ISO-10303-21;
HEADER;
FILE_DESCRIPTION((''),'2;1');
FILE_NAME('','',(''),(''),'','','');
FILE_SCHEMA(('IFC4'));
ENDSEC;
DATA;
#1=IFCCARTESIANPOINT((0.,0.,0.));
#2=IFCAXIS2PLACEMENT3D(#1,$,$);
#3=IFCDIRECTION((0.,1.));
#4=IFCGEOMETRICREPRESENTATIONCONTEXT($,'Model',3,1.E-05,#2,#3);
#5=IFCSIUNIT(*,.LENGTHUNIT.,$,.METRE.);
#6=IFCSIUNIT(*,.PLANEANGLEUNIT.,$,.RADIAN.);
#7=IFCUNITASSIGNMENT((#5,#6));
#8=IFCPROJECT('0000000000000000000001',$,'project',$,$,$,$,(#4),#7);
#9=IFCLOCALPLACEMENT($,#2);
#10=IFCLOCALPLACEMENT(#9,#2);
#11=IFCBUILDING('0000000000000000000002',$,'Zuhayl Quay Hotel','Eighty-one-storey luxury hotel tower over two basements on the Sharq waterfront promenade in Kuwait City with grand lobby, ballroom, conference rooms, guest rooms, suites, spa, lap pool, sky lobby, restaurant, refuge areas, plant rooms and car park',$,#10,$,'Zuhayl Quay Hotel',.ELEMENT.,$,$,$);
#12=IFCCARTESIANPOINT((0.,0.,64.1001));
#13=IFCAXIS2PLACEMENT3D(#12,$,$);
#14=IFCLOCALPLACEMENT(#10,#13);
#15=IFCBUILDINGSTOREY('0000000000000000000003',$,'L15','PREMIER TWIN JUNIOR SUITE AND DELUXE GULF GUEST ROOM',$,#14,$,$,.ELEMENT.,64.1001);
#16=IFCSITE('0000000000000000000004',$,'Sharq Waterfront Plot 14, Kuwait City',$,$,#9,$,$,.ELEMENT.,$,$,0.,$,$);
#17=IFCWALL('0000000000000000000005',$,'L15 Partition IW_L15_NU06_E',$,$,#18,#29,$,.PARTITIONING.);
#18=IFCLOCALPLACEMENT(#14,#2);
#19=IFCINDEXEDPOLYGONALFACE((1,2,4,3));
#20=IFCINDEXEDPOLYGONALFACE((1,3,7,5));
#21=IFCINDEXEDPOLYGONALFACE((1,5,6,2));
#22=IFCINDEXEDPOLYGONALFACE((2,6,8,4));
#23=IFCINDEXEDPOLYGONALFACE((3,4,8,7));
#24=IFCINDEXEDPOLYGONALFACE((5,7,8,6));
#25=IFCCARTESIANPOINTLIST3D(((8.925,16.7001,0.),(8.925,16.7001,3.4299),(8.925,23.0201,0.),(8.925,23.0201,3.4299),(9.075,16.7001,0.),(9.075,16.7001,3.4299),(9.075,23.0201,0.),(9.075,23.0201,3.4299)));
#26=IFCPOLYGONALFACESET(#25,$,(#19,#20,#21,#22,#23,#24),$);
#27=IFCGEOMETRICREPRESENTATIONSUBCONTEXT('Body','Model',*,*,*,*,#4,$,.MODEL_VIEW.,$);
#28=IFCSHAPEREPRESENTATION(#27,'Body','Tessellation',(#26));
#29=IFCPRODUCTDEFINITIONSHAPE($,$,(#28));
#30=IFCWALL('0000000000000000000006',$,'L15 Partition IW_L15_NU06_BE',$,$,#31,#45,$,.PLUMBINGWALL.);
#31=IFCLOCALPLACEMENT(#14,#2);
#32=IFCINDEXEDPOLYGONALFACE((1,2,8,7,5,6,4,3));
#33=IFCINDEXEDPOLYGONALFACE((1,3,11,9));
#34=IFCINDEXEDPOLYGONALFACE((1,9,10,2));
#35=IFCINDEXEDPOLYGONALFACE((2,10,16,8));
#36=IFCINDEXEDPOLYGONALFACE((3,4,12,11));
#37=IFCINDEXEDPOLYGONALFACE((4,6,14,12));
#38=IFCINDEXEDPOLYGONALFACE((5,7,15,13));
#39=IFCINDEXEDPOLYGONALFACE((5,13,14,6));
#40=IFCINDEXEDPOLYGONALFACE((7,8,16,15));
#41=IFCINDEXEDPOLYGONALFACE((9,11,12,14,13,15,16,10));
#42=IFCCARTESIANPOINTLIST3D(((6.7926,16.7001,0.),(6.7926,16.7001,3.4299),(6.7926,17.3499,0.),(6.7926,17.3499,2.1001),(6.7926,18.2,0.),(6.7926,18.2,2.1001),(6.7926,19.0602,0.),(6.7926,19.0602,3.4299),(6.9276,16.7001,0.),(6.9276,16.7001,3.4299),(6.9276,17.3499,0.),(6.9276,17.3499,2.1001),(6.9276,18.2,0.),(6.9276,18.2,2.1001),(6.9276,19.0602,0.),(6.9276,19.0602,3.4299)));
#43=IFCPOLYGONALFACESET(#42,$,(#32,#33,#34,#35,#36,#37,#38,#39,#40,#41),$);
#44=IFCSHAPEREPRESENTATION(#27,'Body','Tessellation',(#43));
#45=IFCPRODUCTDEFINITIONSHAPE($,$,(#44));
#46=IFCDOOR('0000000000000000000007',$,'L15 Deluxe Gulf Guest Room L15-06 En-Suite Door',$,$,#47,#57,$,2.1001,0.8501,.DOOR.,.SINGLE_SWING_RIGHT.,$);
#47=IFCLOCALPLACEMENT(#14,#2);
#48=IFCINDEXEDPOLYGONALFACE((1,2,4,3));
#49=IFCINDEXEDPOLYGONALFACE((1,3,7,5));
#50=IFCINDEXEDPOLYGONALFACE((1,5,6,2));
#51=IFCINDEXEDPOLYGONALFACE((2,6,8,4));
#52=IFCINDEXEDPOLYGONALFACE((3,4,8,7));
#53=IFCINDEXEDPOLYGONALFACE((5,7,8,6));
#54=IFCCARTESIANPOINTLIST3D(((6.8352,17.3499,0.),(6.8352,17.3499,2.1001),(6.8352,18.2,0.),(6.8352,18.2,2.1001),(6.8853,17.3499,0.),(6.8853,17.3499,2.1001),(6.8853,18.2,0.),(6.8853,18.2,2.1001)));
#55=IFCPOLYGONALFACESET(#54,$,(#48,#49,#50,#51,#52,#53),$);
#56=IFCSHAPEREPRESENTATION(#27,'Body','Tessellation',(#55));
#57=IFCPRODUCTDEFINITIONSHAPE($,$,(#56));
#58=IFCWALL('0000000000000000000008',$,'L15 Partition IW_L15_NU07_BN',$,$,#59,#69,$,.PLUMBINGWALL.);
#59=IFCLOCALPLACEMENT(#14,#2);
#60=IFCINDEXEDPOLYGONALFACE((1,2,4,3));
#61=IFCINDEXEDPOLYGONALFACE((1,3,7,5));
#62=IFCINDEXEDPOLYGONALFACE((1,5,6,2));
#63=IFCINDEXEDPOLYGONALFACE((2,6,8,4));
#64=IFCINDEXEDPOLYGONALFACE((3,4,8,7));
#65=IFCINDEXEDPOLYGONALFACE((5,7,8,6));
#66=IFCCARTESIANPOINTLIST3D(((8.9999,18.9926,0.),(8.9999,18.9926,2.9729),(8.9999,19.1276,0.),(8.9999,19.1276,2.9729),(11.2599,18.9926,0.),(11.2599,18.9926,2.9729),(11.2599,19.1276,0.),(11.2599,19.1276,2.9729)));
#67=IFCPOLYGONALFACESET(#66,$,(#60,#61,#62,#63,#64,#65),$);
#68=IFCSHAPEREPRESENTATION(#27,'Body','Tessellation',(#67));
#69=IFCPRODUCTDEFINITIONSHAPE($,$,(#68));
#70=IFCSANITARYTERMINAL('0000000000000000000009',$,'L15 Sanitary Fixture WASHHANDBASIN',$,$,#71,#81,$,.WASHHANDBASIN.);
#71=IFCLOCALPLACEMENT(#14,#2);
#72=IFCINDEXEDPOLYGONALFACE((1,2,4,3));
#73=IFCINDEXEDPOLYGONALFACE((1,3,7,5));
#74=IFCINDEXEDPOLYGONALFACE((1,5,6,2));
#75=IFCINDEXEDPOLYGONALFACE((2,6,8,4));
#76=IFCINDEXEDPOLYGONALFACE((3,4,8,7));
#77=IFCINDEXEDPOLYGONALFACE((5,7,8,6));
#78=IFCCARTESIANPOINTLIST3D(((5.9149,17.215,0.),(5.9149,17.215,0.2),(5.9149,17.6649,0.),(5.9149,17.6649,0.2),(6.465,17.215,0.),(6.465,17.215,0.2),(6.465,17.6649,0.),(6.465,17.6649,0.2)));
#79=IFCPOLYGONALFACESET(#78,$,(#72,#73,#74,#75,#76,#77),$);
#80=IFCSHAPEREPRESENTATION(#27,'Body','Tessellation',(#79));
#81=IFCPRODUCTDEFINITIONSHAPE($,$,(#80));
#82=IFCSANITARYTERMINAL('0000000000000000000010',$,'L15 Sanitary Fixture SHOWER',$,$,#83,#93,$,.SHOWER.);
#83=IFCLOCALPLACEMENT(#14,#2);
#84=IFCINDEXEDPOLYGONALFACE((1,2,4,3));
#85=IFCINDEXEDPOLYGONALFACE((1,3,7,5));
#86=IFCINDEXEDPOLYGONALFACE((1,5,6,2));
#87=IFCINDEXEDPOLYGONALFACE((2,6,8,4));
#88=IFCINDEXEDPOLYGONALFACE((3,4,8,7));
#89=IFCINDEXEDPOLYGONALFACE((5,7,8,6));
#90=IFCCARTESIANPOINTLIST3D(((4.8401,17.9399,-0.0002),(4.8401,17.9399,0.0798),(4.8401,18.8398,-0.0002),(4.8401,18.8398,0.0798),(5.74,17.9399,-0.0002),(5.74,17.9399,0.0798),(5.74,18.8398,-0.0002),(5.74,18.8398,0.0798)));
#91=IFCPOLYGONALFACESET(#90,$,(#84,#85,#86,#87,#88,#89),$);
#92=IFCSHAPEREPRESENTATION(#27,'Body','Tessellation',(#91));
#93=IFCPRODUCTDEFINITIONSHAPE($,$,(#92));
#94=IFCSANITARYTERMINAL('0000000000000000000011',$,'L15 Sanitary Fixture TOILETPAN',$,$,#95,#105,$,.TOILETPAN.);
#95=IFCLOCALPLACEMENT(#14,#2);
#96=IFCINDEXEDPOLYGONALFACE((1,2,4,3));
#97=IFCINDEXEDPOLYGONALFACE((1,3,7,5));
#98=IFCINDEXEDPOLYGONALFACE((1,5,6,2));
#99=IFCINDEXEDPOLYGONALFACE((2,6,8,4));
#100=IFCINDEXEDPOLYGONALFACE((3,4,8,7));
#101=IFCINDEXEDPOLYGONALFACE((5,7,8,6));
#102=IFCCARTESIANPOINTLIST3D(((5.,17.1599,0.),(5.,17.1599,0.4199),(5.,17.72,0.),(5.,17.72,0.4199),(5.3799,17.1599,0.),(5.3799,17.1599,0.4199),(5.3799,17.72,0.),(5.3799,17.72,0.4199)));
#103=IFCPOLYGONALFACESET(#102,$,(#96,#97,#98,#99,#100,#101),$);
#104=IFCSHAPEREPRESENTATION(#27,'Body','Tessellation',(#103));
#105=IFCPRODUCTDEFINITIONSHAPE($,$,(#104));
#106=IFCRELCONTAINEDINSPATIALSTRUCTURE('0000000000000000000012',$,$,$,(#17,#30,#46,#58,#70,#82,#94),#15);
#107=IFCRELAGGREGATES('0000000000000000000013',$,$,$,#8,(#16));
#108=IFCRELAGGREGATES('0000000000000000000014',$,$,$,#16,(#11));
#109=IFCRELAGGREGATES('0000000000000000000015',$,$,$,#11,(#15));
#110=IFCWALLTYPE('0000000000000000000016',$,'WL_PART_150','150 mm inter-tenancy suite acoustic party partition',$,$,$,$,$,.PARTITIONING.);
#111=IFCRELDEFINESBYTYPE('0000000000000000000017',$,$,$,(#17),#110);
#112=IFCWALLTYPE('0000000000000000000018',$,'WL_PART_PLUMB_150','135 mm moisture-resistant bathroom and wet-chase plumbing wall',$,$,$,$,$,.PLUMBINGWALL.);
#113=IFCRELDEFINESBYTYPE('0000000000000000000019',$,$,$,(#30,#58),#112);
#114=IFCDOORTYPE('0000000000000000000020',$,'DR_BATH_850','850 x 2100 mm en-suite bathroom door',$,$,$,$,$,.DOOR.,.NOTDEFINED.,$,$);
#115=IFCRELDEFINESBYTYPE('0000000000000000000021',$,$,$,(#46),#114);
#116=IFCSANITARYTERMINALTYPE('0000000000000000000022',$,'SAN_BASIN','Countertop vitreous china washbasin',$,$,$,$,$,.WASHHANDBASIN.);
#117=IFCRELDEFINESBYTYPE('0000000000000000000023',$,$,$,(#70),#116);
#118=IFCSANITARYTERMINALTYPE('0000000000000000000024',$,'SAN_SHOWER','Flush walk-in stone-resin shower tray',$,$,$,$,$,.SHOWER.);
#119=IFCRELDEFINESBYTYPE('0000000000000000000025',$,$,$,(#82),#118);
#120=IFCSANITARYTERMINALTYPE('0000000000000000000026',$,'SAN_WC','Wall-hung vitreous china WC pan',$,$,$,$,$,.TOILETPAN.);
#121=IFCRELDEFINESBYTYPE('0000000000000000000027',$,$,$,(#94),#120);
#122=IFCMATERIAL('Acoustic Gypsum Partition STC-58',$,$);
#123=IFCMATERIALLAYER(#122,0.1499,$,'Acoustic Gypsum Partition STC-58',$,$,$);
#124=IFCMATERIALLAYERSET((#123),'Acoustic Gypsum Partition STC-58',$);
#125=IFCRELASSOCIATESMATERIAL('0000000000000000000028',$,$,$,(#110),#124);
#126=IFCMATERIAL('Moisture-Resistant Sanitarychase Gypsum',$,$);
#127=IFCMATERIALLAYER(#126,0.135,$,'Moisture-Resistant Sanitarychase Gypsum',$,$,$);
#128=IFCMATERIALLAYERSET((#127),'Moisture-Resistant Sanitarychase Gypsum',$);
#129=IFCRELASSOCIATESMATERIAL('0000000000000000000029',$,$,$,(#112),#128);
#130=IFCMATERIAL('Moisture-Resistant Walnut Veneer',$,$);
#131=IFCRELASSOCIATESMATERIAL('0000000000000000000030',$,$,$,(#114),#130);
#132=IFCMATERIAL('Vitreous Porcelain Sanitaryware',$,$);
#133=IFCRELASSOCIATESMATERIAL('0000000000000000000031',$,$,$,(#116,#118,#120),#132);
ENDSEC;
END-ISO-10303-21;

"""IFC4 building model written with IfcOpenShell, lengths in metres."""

from ifc_helpers import new_model, si_unit, direction, frame, frame_2d, origin, origin_2d, place, context, subcontext, project, spatial, rectangle, extrude, material, layer, layer_set, type_object, element, fill, save


model = new_model("IFC4")

# Units and contexts
model_context = context("Model", 3, precision=1e-05, world=origin(), true_north=direction((0.0, 1.0)))
body_context = subcontext(model_context, "Body", "Model", "MODEL_VIEW")
ifc_project = project(units=[si_unit("LENGTHUNIT", "METRE"), si_unit("PLANEANGLEUNIT", "RADIAN")], contexts=[model_context])

# Site, building, storey
site_placement = place(None, origin())
site = spatial("IfcSite", under=ifc_project, at=site_placement, Name="Sharq Waterfront Plot 14, Kuwait City", CompositionType="ELEMENT", RefElevation=0.0)
building_placement = place(site_placement, origin())
building = spatial("IfcBuilding", under=site, at=building_placement, Name="Zuhayl Quay Hotel", Description="Eighty-one-storey luxury hotel tower over two basements on the Sharq waterfront promenade in Kuwait City with grand lobby, ballroom, conference rooms, guest rooms, suites, spa, lap pool, sky lobby, restaurant, refuge areas, plant rooms and car park", LongName="Zuhayl Quay Hotel", CompositionType="ELEMENT")
storey_placement = place(building_placement, frame((0.0, 0.0, 64.1001)))
storey = spatial("IfcBuildingStorey", under=building, at=storey_placement, Name="L15", Description="PREMIER TWIN JUNIOR SUITE AND DELUXE GULF GUEST ROOM", CompositionType="ELEMENT", Elevation=64.1001)

# Wall
ifc_material_1 = material(Name="Acoustic Gypsum Partition STC-58")
ifc_layer_1 = layer(ifc_material_1, 0.1499, Name="Acoustic Gypsum Partition STC-58")
ifc_layer_set_1 = layer_set([ifc_layer_1], Name="Acoustic Gypsum Partition STC-58")
wall_type_1 = type_object("IfcWallType", Name="WL_PART_150", Description="150 mm inter-tenancy suite acoustic party partition", PredefinedType="PARTITIONING", material=ifc_layer_set_1)
wall_1_placement = place(storey_placement, frame((9.0, 16.7, 0.0), z_axis=(0.0, 0.0, 1.0), x_axis=(0.0, 1.0, 0.0)))
element("IfcWall", 1, at=wall_1_placement, inside=storey, type_object=wall_type_1, Name="L15 Partition IW_L15_NU06_E", PredefinedType="PARTITIONING", context=body_context, shape_type="SweptSolid", body=[
    extrude(rectangle(XDim=6.3201, YDim=0.1499, at=frame_2d((3.1602, 0.0))), origin(), (0.0, 0.0, 1.0), 3.4299),
])

# Wall, opening, door
ifc_material_2 = material(Name="Moisture-Resistant Sanitarychase Gypsum")
ifc_layer_2 = layer(ifc_material_2, 0.135, Name="Moisture-Resistant Sanitarychase Gypsum")
ifc_layer_set_2 = layer_set([ifc_layer_2], Name="Moisture-Resistant Sanitarychase Gypsum")
wall_type_2 = type_object("IfcWallType", Name="WL_PART_PLUMB_150", Description="135 mm moisture-resistant bathroom and wet-chase plumbing wall", PredefinedType="PLUMBINGWALL", material=ifc_layer_set_2)
wall_2_placement = place(storey_placement, frame((6.8601, 16.7, 0.0), z_axis=(0.0, 0.0, 1.0), x_axis=(0.0, 1.0, 0.0)))
wall_2 = element("IfcWall", 2, at=wall_2_placement, inside=storey, type_object=wall_type_2, Name="L15 Partition IW_L15_NU06_BE", PredefinedType="PLUMBINGWALL", context=body_context, shape_type="SweptSolid", body=[
    extrude(rectangle(XDim=2.3601, YDim=0.135, at=frame_2d((1.1802, 0.0))), origin(), (0.0, 0.0, 1.0), 3.4299),
])
opening_1_placement = place(wall_2_placement, frame((0.6499, 0.0, 0.0)))
opening_1 = element("IfcOpeningElement", 3, at=opening_1_placement, cuts=wall_2, PredefinedType="OPENING", context=body_context, shape_type="SweptSolid", body=[
    extrude(rectangle(XDim=0.8501, YDim=2.1001, at=frame_2d((0.425, 1.05))), frame((0.0, 0.0774, 0.0), z_axis=(0.0, -1.0, 0.0), x_axis=(1.0, 0.0, 0.0)), (0.0, 0.0, 1.0), 0.155),
])
ifc_material_3 = material(Name="Moisture-Resistant Walnut Veneer")
door_type_1 = type_object("IfcDoorType", Name="DR_BATH_850", Description="850 x 2100 mm en-suite bathroom door", OperationType="NOTDEFINED", PredefinedType="DOOR", material=ifc_material_3)
door_1_placement = place(opening_1_placement, origin())
door_1 = element("IfcDoor", 4, at=door_1_placement, inside=storey, type_object=door_type_1, Name="L15 Deluxe Gulf Guest Room L15-06 En-Suite Door", OperationType="SINGLE_SWING_RIGHT", OverallHeight=2.1001, OverallWidth=0.8501, PredefinedType="DOOR", context=body_context, shape_type="SweptSolid", body=[
    extrude(rectangle(XDim=0.8501, YDim=2.1001, at=frame_2d((0.425, 1.05))), frame((0.0, 0.0249, 0.0), z_axis=(0.0, -1.0, 0.0), x_axis=(1.0, 0.0, 0.0)), (0.0, 0.0, 1.0), 0.05),
])
fill(opening_1, door_1)

# Wall
wall_3_placement = place(storey_placement, frame((9.0, 19.0601, 0.0), z_axis=(0.0, 0.0, 1.0), x_axis=(1.0, 0.0, 0.0)))
element("IfcWall", 5, at=wall_3_placement, inside=storey, type_object=wall_type_2, Name="L15 Partition IW_L15_NU07_BN", PredefinedType="PLUMBINGWALL", context=body_context, shape_type="SweptSolid", body=[
    extrude(rectangle(XDim=2.26, YDim=0.135, at=frame_2d((1.1299, 0.0))), origin(), (0.0, 0.0, 1.0), 2.9729),
])

# Sanitary terminals
ifc_material_4 = material(Name="Vitreous Porcelain Sanitaryware")
sanitary_terminal_type_1 = type_object("IfcSanitaryTerminalType", Name="SAN_BASIN", Description="Countertop vitreous china washbasin", PredefinedType="WASHHANDBASIN", material=ifc_material_4)
sanitary_terminal_1_placement = place(storey_placement, frame((6.1899, 17.4399, 0.0), z_axis=(0.0, 0.0, 1.0), x_axis=(1.0, 0.0, 0.0)))
element("IfcSanitaryTerminal", 6, at=sanitary_terminal_1_placement, inside=storey, type_object=sanitary_terminal_type_1, Name="L15 Sanitary Fixture WASHHANDBASIN", PredefinedType="WASHHANDBASIN", context=body_context, shape_type="SweptSolid", body=[
    extrude(rectangle(XDim=0.55, YDim=0.45, at=origin_2d()), origin(), (0.0, 0.0, 1.0), 0.2),
])
sanitary_terminal_type_2 = type_object("IfcSanitaryTerminalType", Name="SAN_SHOWER", Description="Flush walk-in stone-resin shower tray", PredefinedType="SHOWER", material=ifc_material_4)
sanitary_terminal_2_placement = place(storey_placement, frame((5.29, 18.3899, -0.0002), z_axis=(0.0, 0.0, 1.0), x_axis=(1.0, 0.0, 0.0)))
element("IfcSanitaryTerminal", 7, at=sanitary_terminal_2_placement, inside=storey, type_object=sanitary_terminal_type_2, Name="L15 Sanitary Fixture SHOWER", PredefinedType="SHOWER", context=body_context, shape_type="SweptSolid", body=[
    extrude(rectangle(XDim=0.8999, YDim=0.8999, at=origin_2d()), origin(), (0.0, 0.0, 1.0), 0.0801),
])
sanitary_terminal_type_3 = type_object("IfcSanitaryTerminalType", Name="SAN_WC", Description="Wall-hung vitreous china WC pan", PredefinedType="TOILETPAN", material=ifc_material_4)
sanitary_terminal_3_placement = place(storey_placement, frame((5.1899, 17.4399, 0.0), z_axis=(0.0, 0.0, 1.0), x_axis=(1.0, 0.0, 0.0)))
element("IfcSanitaryTerminal", 8, at=sanitary_terminal_3_placement, inside=storey, type_object=sanitary_terminal_type_3, Name="L15 Sanitary Fixture TOILETPAN", PredefinedType="TOILETPAN", context=body_context, shape_type="SweptSolid", body=[
    extrude(rectangle(XDim=0.3799, YDim=0.5601, at=origin_2d()), origin(), (0.0, 0.0, 1.0), 0.4199),
])

save(model, "model.ifc")
